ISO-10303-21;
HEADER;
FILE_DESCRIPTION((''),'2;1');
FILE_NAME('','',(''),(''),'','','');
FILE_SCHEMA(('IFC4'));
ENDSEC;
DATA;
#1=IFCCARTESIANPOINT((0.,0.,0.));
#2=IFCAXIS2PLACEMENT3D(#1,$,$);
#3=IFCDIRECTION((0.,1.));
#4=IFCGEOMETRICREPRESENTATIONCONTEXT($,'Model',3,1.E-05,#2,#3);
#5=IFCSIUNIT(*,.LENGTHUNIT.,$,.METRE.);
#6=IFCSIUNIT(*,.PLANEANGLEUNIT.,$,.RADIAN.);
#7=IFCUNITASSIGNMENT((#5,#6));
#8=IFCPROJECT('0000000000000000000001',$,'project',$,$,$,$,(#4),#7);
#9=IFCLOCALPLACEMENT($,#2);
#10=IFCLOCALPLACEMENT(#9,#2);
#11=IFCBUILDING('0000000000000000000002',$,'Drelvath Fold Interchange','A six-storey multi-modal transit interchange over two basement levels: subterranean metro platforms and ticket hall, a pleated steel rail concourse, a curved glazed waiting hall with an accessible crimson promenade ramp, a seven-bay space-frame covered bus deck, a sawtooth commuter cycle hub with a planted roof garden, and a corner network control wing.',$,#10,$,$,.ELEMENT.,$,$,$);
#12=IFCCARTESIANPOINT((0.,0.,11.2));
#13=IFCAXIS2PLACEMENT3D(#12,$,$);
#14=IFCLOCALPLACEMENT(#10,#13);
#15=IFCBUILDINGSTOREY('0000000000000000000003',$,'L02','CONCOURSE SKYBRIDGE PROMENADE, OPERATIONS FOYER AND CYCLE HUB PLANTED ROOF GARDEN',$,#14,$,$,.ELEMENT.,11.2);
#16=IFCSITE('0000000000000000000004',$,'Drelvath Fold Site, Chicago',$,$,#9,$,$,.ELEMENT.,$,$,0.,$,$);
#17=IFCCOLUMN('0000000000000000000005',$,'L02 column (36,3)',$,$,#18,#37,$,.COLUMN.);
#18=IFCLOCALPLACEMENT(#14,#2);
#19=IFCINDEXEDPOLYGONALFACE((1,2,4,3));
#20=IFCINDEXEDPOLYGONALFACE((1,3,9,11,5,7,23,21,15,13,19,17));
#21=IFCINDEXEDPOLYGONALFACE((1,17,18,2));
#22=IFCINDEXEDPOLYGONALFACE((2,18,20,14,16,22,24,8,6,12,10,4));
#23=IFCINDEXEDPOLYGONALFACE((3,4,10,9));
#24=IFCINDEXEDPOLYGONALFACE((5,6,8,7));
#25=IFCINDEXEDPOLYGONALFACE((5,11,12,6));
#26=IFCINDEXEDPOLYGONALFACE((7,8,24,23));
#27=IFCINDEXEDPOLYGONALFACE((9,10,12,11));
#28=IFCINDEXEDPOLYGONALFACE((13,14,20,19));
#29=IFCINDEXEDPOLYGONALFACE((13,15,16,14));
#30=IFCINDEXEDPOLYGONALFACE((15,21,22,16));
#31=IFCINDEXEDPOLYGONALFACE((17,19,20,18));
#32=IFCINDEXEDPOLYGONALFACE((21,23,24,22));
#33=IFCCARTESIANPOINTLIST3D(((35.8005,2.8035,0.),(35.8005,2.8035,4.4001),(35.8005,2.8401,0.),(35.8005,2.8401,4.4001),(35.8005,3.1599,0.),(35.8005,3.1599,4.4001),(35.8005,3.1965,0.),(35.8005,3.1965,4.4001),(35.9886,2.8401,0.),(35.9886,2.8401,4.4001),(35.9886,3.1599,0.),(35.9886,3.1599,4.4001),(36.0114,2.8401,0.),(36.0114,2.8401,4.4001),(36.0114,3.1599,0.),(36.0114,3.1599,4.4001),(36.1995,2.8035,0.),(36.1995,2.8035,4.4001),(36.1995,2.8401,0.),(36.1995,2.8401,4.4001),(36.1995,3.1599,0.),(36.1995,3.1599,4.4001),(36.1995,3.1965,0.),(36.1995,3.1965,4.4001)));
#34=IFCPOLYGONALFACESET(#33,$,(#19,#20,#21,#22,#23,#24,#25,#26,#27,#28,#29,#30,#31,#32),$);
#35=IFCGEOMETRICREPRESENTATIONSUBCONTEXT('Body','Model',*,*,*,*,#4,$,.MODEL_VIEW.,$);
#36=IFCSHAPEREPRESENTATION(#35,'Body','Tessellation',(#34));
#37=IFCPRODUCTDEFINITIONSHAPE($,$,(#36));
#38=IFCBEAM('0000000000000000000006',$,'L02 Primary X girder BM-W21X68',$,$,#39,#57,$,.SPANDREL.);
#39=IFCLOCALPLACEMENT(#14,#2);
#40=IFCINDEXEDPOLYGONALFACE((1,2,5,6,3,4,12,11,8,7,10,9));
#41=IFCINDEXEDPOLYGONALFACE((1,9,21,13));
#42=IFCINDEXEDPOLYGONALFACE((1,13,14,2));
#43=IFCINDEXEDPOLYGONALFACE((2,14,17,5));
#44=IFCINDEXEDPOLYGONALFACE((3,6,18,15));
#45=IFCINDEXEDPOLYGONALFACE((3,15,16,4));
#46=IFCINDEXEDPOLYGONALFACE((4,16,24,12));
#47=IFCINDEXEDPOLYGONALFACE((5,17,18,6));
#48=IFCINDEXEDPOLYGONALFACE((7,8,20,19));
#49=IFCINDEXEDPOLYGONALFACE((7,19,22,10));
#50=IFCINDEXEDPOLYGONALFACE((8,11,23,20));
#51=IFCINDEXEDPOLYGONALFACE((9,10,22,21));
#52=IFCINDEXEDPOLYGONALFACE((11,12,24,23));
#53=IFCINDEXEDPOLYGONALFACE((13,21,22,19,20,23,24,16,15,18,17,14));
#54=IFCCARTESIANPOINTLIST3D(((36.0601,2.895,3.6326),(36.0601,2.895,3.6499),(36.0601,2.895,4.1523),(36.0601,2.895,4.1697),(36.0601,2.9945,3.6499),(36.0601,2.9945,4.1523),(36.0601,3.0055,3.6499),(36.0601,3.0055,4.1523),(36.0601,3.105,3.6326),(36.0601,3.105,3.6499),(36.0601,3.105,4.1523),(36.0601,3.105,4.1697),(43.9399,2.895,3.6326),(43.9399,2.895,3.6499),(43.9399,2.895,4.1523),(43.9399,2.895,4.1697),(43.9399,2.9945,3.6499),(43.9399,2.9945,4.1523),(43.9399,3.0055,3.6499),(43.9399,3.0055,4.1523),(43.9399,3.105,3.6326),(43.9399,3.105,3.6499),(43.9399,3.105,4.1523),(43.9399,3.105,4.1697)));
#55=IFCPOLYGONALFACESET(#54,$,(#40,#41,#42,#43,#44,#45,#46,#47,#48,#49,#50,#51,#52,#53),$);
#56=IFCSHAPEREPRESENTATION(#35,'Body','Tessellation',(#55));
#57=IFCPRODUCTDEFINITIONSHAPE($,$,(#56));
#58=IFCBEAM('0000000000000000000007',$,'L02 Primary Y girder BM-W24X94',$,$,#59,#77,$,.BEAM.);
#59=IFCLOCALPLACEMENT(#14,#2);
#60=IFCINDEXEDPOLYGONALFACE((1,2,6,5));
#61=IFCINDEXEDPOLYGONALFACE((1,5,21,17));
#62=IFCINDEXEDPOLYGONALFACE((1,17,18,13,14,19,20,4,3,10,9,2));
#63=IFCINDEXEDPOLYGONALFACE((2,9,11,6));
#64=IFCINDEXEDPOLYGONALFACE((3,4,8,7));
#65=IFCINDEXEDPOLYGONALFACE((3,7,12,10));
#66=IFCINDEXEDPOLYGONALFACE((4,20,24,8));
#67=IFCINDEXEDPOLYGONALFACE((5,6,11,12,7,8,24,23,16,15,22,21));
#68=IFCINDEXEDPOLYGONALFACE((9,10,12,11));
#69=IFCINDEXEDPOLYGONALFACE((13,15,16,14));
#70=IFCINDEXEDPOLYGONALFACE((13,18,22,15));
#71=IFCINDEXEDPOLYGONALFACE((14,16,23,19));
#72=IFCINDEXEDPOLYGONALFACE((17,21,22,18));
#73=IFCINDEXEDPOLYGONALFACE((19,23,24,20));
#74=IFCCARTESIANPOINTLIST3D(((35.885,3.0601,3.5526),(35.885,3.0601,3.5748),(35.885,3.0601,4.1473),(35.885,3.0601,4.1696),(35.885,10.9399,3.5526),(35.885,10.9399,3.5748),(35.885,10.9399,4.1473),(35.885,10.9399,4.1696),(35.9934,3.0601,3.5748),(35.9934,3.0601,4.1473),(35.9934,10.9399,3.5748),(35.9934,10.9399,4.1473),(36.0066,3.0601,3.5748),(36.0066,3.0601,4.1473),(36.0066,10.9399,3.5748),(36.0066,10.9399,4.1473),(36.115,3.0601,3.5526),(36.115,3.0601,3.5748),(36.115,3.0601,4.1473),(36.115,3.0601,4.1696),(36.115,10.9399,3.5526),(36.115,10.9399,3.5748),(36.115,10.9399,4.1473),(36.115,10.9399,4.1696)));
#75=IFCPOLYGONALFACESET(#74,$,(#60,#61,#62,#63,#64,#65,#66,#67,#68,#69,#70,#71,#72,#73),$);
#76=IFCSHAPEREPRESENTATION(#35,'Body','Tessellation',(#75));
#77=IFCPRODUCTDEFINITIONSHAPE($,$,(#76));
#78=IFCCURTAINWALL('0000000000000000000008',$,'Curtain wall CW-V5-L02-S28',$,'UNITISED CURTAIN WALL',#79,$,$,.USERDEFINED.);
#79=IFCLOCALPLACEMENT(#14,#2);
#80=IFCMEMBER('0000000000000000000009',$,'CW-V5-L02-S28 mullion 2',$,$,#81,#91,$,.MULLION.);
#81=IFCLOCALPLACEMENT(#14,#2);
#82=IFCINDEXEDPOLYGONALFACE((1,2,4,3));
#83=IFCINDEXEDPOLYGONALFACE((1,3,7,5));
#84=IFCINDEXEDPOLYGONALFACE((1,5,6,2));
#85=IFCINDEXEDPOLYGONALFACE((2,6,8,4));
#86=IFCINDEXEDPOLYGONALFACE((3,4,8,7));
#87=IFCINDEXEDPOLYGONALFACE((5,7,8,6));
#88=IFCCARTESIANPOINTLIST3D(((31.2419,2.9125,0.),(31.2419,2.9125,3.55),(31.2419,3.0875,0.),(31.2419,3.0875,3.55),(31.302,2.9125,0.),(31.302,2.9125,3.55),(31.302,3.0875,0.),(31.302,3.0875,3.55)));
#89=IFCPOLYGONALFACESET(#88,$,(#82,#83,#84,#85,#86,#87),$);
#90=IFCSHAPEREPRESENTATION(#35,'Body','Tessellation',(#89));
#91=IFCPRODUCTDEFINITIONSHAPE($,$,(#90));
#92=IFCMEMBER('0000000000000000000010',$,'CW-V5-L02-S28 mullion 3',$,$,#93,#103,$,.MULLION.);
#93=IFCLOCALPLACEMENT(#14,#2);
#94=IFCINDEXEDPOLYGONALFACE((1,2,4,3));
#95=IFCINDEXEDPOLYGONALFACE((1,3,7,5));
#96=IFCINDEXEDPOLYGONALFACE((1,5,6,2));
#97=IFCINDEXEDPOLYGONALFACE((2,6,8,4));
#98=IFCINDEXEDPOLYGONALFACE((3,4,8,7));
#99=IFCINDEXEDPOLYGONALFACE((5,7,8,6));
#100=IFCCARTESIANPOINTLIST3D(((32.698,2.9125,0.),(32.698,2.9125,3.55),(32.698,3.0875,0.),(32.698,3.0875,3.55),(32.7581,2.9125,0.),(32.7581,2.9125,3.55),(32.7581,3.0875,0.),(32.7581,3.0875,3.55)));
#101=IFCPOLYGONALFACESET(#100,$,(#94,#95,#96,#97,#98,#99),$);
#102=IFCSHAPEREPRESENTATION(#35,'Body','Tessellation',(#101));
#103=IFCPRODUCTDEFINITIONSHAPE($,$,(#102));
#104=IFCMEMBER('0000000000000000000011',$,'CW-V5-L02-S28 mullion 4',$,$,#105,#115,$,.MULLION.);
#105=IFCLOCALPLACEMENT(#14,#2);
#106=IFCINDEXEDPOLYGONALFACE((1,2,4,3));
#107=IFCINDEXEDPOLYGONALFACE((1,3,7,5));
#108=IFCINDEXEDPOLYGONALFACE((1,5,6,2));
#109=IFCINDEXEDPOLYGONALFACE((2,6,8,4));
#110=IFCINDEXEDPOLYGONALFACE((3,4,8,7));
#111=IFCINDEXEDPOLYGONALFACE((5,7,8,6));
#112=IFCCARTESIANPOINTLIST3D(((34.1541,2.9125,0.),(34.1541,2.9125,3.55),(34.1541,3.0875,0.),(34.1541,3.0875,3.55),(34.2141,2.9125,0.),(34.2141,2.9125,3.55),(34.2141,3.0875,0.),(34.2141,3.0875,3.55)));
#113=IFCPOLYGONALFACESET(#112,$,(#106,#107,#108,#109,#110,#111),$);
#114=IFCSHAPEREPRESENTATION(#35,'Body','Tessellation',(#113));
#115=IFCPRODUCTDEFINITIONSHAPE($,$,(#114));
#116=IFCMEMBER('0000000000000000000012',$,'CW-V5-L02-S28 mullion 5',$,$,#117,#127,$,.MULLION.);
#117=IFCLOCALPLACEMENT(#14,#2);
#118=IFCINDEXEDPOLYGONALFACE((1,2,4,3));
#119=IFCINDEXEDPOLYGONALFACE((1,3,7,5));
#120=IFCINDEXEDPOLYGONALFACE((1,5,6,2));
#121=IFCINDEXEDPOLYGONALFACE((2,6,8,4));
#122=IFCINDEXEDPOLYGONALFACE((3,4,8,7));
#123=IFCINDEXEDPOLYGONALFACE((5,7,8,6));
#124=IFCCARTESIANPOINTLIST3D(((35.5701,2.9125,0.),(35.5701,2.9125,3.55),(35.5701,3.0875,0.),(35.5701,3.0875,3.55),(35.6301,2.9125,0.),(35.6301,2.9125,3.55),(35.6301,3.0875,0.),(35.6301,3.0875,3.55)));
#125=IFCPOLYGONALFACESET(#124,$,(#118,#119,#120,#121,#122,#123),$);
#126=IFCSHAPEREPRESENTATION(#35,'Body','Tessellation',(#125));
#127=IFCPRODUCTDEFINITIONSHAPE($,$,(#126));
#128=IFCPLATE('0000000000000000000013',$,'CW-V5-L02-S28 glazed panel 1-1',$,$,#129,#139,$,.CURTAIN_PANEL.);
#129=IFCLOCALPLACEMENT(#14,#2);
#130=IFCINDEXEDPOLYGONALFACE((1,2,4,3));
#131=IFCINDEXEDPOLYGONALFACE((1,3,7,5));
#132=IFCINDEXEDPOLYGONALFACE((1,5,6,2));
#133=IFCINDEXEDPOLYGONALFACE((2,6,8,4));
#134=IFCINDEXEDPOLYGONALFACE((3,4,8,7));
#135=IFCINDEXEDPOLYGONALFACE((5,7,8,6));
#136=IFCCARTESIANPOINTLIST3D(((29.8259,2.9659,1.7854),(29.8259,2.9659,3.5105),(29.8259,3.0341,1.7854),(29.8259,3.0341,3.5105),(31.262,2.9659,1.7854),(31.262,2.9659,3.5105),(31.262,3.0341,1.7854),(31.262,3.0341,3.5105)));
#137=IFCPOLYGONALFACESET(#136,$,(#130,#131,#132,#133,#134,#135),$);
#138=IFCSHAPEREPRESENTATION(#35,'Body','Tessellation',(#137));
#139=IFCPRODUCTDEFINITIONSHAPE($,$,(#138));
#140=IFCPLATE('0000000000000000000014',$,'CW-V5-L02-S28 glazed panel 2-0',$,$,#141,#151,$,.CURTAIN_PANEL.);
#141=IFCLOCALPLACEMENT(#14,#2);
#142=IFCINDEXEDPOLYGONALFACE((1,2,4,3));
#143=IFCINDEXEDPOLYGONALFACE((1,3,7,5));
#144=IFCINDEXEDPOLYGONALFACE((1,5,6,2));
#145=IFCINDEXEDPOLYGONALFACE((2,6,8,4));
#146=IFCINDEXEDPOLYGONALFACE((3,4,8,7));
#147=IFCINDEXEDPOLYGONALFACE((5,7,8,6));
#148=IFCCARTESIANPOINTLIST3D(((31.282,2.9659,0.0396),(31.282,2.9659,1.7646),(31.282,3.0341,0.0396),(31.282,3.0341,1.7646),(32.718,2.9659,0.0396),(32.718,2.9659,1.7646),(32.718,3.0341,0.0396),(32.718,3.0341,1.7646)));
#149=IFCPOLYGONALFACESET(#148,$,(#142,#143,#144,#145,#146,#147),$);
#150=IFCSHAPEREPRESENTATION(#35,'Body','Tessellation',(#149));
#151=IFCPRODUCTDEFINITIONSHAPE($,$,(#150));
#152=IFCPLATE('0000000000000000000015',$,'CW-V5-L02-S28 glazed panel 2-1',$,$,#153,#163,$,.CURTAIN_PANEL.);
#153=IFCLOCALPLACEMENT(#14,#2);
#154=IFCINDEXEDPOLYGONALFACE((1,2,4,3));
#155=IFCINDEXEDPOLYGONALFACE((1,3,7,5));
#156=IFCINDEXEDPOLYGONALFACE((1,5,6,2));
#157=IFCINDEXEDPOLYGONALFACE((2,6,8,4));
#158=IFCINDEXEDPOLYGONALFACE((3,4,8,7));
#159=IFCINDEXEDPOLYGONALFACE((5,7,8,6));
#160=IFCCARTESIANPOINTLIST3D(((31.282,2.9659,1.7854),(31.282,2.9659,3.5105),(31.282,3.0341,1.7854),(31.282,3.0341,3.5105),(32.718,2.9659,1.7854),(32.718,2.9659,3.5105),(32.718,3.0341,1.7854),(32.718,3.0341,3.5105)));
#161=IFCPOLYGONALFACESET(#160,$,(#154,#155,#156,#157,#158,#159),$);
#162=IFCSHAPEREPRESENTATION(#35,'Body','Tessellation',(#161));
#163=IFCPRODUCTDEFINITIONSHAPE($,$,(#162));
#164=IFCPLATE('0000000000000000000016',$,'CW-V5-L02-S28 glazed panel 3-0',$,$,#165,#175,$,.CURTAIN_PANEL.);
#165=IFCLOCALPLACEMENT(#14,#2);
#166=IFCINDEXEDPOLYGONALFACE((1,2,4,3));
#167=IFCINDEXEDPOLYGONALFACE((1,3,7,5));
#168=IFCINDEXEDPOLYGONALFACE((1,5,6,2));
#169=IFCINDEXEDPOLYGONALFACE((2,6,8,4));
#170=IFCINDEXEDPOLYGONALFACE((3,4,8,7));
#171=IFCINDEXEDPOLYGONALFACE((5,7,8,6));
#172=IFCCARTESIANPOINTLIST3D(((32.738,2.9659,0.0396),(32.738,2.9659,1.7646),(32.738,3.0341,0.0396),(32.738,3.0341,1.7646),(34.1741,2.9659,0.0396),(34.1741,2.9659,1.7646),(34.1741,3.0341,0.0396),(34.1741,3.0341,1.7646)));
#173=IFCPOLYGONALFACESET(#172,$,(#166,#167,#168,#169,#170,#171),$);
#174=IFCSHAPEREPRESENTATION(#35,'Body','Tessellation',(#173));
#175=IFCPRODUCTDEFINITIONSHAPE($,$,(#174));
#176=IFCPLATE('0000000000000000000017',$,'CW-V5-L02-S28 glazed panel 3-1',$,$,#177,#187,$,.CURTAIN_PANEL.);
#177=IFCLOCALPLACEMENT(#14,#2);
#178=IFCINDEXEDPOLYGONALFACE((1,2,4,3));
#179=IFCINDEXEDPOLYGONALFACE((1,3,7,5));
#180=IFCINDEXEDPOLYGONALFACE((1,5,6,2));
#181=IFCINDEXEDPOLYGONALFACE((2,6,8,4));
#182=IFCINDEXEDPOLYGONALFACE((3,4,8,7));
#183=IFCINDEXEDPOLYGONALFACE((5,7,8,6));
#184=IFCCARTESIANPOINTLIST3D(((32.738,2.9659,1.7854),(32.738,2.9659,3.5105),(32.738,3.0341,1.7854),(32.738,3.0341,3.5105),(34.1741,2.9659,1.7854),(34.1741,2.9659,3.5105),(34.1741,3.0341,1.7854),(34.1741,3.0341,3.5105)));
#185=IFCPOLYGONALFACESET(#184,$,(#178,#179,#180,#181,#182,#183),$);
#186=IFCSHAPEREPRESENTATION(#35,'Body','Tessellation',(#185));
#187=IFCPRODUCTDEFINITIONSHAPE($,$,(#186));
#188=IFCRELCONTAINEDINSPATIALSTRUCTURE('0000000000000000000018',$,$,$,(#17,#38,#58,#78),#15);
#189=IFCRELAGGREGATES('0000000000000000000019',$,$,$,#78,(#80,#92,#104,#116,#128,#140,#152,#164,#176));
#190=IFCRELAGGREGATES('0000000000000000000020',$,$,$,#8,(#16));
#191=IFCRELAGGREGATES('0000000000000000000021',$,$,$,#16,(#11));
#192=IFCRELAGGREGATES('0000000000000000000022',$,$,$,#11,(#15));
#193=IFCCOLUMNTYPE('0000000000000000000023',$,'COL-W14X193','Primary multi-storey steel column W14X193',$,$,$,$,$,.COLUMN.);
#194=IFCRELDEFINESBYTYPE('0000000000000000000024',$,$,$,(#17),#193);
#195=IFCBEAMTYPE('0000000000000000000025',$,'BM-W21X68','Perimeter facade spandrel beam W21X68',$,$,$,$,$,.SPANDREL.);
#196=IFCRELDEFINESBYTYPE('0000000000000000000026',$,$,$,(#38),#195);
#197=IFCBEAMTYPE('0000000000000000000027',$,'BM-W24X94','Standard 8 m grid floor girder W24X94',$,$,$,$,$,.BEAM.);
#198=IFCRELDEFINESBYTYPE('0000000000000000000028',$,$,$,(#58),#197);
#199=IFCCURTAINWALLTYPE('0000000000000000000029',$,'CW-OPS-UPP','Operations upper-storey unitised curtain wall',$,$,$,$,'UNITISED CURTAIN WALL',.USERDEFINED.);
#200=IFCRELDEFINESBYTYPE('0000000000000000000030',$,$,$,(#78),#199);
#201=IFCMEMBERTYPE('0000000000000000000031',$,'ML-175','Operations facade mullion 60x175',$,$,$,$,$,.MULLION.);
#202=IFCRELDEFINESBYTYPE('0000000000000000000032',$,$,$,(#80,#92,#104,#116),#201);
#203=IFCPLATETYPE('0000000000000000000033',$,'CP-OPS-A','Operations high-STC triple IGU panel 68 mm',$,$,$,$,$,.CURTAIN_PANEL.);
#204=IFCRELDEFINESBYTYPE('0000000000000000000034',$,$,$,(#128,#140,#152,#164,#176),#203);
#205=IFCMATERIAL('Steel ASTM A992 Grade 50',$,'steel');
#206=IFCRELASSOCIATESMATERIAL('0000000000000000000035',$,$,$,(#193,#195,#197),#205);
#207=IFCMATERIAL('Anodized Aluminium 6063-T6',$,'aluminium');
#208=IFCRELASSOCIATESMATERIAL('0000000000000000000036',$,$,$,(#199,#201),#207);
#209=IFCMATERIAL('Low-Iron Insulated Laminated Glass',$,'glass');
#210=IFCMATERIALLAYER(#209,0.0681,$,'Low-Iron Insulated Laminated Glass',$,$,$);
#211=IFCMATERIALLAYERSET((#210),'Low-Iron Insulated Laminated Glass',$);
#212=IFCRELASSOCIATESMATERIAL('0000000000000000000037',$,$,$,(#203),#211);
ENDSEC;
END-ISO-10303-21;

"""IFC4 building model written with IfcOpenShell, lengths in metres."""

from ifc_helpers import new_model, si_unit, direction, frame, origin, origin_2d, place, context, subcontext, project, spatial, rectangle, i_section, extrude, material, layer, layer_set, material_profile, profile_set, type_object, element, aggregate, save


model = new_model("IFC4")

# Units and contexts
model_context = context("Model", 3, precision=1e-05, world=origin(), true_north=direction((0.0, 1.0)))
body_context = subcontext(model_context, "Body", "Model", "MODEL_VIEW")
ifc_project = project(units=[si_unit("LENGTHUNIT", "METRE"), si_unit("PLANEANGLEUNIT", "RADIAN")], contexts=[model_context])

# Site, building, storey
site_placement = place(None, origin())
site = spatial("IfcSite", under=ifc_project, at=site_placement, Name="Drelvath Fold Site, Chicago", CompositionType="ELEMENT", RefElevation=0.0)
building_placement = place(site_placement, origin())
building = spatial("IfcBuilding", under=site, at=building_placement, Name="Drelvath Fold Interchange", Description="A six-storey multi-modal transit interchange over two basement levels: subterranean metro platforms and ticket hall, a pleated steel rail concourse, a curved glazed waiting hall with an accessible crimson promenade ramp, a seven-bay space-frame covered bus deck, a sawtooth commuter cycle hub with a planted roof garden, and a corner network control wing.", CompositionType="ELEMENT")
storey_placement = place(building_placement, frame((0.0, 0.0, 11.2)))
storey = spatial("IfcBuildingStorey", under=building, at=storey_placement, Name="L02", Description="CONCOURSE SKYBRIDGE PROMENADE, OPERATIONS FOYER AND CYCLE HUB PLANTED ROOF GARDEN", CompositionType="ELEMENT", Elevation=11.2)

# Column
ifc_material_1 = material(Name="Steel ASTM A992 Grade 50", Category="steel")
ifc_material_profile_1 = material_profile(ifc_material_1, i_section(OverallWidth=0.3989, OverallDepth=0.3931, WebThickness=0.0227, FlangeThickness=0.0366, at=origin_2d()), Name="W14X193")
ifc_profile_set_1 = profile_set([ifc_material_profile_1], Name="Steel ASTM A992 Grade 50")
column_type = type_object("IfcColumnType", Name="COL-W14X193", Description="Primary multi-storey steel column W14X193", PredefinedType="COLUMN", material=ifc_profile_set_1)
column_placement = place(storey_placement, frame((36.0, 3.0, 0.0), z_axis=(0.0, 0.0, 1.0), x_axis=(1.0, 0.0, 0.0)))
element("IfcColumn", 1, at=column_placement, inside=storey, type_object=column_type, Name="L02 column (36,3)", PredefinedType="COLUMN", context=body_context, shape_type="SweptSolid", body=[
    extrude(i_section(OverallWidth=0.3989, OverallDepth=0.3931, WebThickness=0.0227, FlangeThickness=0.0366, at=origin_2d()), origin(), (0.0, 0.0, 1.0), 4.4001),
])

# Beams
ifc_material_profile_2 = material_profile(ifc_material_1, i_section(OverallWidth=0.21, OverallDepth=0.5371, WebThickness=0.011, FlangeThickness=0.0173, at=origin_2d()), Name="W21X68")
ifc_profile_set_2 = profile_set([ifc_material_profile_2], Name="Steel ASTM A992 Grade 50")
beam_type_1 = type_object("IfcBeamType", Name="BM-W21X68", Description="Perimeter facade spandrel beam W21X68", PredefinedType="SPANDREL", material=ifc_profile_set_2)
beam_1_placement = place(storey_placement, frame((36.0601, 3.0, 3.9011), z_axis=(1.0, 0.0, 0.0), x_axis=(0.0, 1.0, 0.0)))
element("IfcBeam", 2, at=beam_1_placement, inside=storey, type_object=beam_type_1, Name="L02 Primary X girder BM-W21X68", PredefinedType="SPANDREL", context=body_context, shape_type="SweptSolid", body=[
    extrude(i_section(OverallWidth=0.21, OverallDepth=0.5371, WebThickness=0.011, FlangeThickness=0.0173, at=origin_2d()), origin(), (0.0, 0.0, 1.0), 7.8799),
])
ifc_material_profile_3 = material_profile(ifc_material_1, i_section(OverallWidth=0.23, OverallDepth=0.6169, WebThickness=0.0132, FlangeThickness=0.0222, at=origin_2d()), Name="W24X94")
ifc_profile_set_3 = profile_set([ifc_material_profile_3], Name="Steel ASTM A992 Grade 50")
beam_type_2 = type_object("IfcBeamType", Name="BM-W24X94", Description="Standard 8 m grid floor girder W24X94", PredefinedType="BEAM", material=ifc_profile_set_3)
beam_2_placement = place(storey_placement, frame((36.0, 3.0601, 3.8611), z_axis=(0.0, 1.0, 0.0), x_axis=(-1.0, 0.0, 0.0)))
element("IfcBeam", 3, at=beam_2_placement, inside=storey, type_object=beam_type_2, Name="L02 Primary Y girder BM-W24X94", PredefinedType="BEAM", context=body_context, shape_type="SweptSolid", body=[
    extrude(i_section(OverallWidth=0.23, OverallDepth=0.6169, WebThickness=0.0132, FlangeThickness=0.0222, at=origin_2d()), origin(), (0.0, 0.0, 1.0), 7.8799),
])

# Curtain wall, members, plates
ifc_material_2 = material(Name="Anodized Aluminium 6063-T6", Category="aluminium")
curtain_wall_type = type_object("IfcCurtainWallType", Name="CW-OPS-UPP", Description="Operations upper-storey unitised curtain wall", ElementType="UNITISED CURTAIN WALL", PredefinedType="USERDEFINED", material=ifc_material_2)
curtain_wall_placement = place(storey_placement, origin())
curtain_wall = element("IfcCurtainWall", 4, at=curtain_wall_placement, inside=storey, type_object=curtain_wall_type, Name="Curtain wall CW-V5-L02-S28", ObjectType="UNITISED CURTAIN WALL", PredefinedType="USERDEFINED")
ifc_material_profile_4 = material_profile(ifc_material_2, rectangle(XDim=0.0601, YDim=0.175, at=origin_2d()), Name="AL-M 60x175")
ifc_profile_set_4 = profile_set([ifc_material_profile_4], Name="Anodized Aluminium 6063-T6")
member_type = type_object("IfcMemberType", Name="ML-175", Description="Operations facade mullion 60x175", PredefinedType="MULLION", material=ifc_profile_set_4)
member_1_placement = place(storey_placement, frame((31.272, 3.0, 0.0), z_axis=(0.0, 0.0, 1.0), x_axis=(1.0, 0.0, 0.0)))
member_1 = element("IfcMember", 5, at=member_1_placement, type_object=member_type, Name="CW-V5-L02-S28 mullion 2", PredefinedType="MULLION", context=body_context, shape_type="SweptSolid", body=[
    extrude(rectangle(XDim=0.0601, YDim=0.175, at=origin_2d()), origin(), (0.0, 0.0, 1.0), 3.55),
])
member_2_placement = place(storey_placement, frame((32.728, 3.0, 0.0), z_axis=(0.0, 0.0, 1.0), x_axis=(1.0, 0.0, 0.0)))
member_2 = element("IfcMember", 6, at=member_2_placement, type_object=member_type, Name="CW-V5-L02-S28 mullion 3", PredefinedType="MULLION", context=body_context, shape_type="SweptSolid", body=[
    extrude(rectangle(XDim=0.0601, YDim=0.175, at=origin_2d()), origin(), (0.0, 0.0, 1.0), 3.55),
])
member_3_placement = place(storey_placement, frame((34.1841, 3.0, 0.0), z_axis=(0.0, 0.0, 1.0), x_axis=(1.0, 0.0, 0.0)))
member_3 = element("IfcMember", 7, at=member_3_placement, type_object=member_type, Name="CW-V5-L02-S28 mullion 4", PredefinedType="MULLION", context=body_context, shape_type="SweptSolid", body=[
    extrude(rectangle(XDim=0.0601, YDim=0.175, at=origin_2d()), origin(), (0.0, 0.0, 1.0), 3.55),
])
member_4_placement = place(storey_placement, frame((35.6001, 3.0, 0.0), z_axis=(0.0, 0.0, 1.0), x_axis=(1.0, 0.0, 0.0)))
member_4 = element("IfcMember", 8, at=member_4_placement, type_object=member_type, Name="CW-V5-L02-S28 mullion 5", PredefinedType="MULLION", context=body_context, shape_type="SweptSolid", body=[
    extrude(rectangle(XDim=0.0601, YDim=0.175, at=origin_2d()), origin(), (0.0, 0.0, 1.0), 3.55),
])
ifc_material_3 = material(Name="Low-Iron Insulated Laminated Glass", Category="glass")
ifc_layer_1 = layer(ifc_material_3, 0.0681, Name="Low-Iron Insulated Laminated Glass")
ifc_layer_set_1 = layer_set([ifc_layer_1], Name="Low-Iron Insulated Laminated Glass")
plate_type = type_object("IfcPlateType", Name="CP-OPS-A", Description="Operations high-STC triple IGU panel 68 mm", PredefinedType="CURTAIN_PANEL", material=ifc_layer_set_1)
plate_1_placement = place(storey_placement, frame((30.5439, 3.0, 1.7854), z_axis=(0.0, 0.0, 1.0), x_axis=(1.0, 0.0, 0.0)))
plate_1 = element("IfcPlate", 9, at=plate_1_placement, type_object=plate_type, Name="CW-V5-L02-S28 glazed panel 1-1", PredefinedType="CURTAIN_PANEL", context=body_context, shape_type="SweptSolid", body=[
    extrude(rectangle(XDim=1.436, YDim=0.0681, at=origin_2d()), origin(), (0.0, 0.0, 1.0), 1.7251),
])
plate_2_placement = place(storey_placement, frame((32.0, 3.0, 0.0396), z_axis=(0.0, 0.0, 1.0), x_axis=(1.0, 0.0, 0.0)))
plate_2 = element("IfcPlate", 10, at=plate_2_placement, type_object=plate_type, Name="CW-V5-L02-S28 glazed panel 2-0", PredefinedType="CURTAIN_PANEL", context=body_context, shape_type="SweptSolid", body=[
    extrude(rectangle(XDim=1.436, YDim=0.0681, at=origin_2d()), origin(), (0.0, 0.0, 1.0), 1.7251),
])
plate_3_placement = place(storey_placement, frame((32.0, 3.0, 1.7854), z_axis=(0.0, 0.0, 1.0), x_axis=(1.0, 0.0, 0.0)))
plate_3 = element("IfcPlate", 11, at=plate_3_placement, type_object=plate_type, Name="CW-V5-L02-S28 glazed panel 2-1", PredefinedType="CURTAIN_PANEL", context=body_context, shape_type="SweptSolid", body=[
    extrude(rectangle(XDim=1.436, YDim=0.0681, at=origin_2d()), origin(), (0.0, 0.0, 1.0), 1.7251),
])
plate_4_placement = place(storey_placement, frame((33.4561, 3.0, 0.0396), z_axis=(0.0, 0.0, 1.0), x_axis=(1.0, 0.0, 0.0)))
plate_4 = element("IfcPlate", 12, at=plate_4_placement, type_object=plate_type, Name="CW-V5-L02-S28 glazed panel 3-0", PredefinedType="CURTAIN_PANEL", context=body_context, shape_type="SweptSolid", body=[
    extrude(rectangle(XDim=1.436, YDim=0.0681, at=origin_2d()), origin(), (0.0, 0.0, 1.0), 1.7251),
])
plate_5_placement = place(storey_placement, frame((33.4561, 3.0, 1.7854), z_axis=(0.0, 0.0, 1.0), x_axis=(1.0, 0.0, 0.0)))
plate_5 = element("IfcPlate", 13, at=plate_5_placement, type_object=plate_type, Name="CW-V5-L02-S28 glazed panel 3-1", PredefinedType="CURTAIN_PANEL", context=body_context, shape_type="SweptSolid", body=[
    extrude(rectangle(XDim=1.436, YDim=0.0681, at=origin_2d()), origin(), (0.0, 0.0, 1.0), 1.7251),
])
aggregate(curtain_wall, [member_1, member_2, member_3, member_4, plate_1, plate_2, plate_3, plate_4, plate_5])

save(model, "model.ifc")
